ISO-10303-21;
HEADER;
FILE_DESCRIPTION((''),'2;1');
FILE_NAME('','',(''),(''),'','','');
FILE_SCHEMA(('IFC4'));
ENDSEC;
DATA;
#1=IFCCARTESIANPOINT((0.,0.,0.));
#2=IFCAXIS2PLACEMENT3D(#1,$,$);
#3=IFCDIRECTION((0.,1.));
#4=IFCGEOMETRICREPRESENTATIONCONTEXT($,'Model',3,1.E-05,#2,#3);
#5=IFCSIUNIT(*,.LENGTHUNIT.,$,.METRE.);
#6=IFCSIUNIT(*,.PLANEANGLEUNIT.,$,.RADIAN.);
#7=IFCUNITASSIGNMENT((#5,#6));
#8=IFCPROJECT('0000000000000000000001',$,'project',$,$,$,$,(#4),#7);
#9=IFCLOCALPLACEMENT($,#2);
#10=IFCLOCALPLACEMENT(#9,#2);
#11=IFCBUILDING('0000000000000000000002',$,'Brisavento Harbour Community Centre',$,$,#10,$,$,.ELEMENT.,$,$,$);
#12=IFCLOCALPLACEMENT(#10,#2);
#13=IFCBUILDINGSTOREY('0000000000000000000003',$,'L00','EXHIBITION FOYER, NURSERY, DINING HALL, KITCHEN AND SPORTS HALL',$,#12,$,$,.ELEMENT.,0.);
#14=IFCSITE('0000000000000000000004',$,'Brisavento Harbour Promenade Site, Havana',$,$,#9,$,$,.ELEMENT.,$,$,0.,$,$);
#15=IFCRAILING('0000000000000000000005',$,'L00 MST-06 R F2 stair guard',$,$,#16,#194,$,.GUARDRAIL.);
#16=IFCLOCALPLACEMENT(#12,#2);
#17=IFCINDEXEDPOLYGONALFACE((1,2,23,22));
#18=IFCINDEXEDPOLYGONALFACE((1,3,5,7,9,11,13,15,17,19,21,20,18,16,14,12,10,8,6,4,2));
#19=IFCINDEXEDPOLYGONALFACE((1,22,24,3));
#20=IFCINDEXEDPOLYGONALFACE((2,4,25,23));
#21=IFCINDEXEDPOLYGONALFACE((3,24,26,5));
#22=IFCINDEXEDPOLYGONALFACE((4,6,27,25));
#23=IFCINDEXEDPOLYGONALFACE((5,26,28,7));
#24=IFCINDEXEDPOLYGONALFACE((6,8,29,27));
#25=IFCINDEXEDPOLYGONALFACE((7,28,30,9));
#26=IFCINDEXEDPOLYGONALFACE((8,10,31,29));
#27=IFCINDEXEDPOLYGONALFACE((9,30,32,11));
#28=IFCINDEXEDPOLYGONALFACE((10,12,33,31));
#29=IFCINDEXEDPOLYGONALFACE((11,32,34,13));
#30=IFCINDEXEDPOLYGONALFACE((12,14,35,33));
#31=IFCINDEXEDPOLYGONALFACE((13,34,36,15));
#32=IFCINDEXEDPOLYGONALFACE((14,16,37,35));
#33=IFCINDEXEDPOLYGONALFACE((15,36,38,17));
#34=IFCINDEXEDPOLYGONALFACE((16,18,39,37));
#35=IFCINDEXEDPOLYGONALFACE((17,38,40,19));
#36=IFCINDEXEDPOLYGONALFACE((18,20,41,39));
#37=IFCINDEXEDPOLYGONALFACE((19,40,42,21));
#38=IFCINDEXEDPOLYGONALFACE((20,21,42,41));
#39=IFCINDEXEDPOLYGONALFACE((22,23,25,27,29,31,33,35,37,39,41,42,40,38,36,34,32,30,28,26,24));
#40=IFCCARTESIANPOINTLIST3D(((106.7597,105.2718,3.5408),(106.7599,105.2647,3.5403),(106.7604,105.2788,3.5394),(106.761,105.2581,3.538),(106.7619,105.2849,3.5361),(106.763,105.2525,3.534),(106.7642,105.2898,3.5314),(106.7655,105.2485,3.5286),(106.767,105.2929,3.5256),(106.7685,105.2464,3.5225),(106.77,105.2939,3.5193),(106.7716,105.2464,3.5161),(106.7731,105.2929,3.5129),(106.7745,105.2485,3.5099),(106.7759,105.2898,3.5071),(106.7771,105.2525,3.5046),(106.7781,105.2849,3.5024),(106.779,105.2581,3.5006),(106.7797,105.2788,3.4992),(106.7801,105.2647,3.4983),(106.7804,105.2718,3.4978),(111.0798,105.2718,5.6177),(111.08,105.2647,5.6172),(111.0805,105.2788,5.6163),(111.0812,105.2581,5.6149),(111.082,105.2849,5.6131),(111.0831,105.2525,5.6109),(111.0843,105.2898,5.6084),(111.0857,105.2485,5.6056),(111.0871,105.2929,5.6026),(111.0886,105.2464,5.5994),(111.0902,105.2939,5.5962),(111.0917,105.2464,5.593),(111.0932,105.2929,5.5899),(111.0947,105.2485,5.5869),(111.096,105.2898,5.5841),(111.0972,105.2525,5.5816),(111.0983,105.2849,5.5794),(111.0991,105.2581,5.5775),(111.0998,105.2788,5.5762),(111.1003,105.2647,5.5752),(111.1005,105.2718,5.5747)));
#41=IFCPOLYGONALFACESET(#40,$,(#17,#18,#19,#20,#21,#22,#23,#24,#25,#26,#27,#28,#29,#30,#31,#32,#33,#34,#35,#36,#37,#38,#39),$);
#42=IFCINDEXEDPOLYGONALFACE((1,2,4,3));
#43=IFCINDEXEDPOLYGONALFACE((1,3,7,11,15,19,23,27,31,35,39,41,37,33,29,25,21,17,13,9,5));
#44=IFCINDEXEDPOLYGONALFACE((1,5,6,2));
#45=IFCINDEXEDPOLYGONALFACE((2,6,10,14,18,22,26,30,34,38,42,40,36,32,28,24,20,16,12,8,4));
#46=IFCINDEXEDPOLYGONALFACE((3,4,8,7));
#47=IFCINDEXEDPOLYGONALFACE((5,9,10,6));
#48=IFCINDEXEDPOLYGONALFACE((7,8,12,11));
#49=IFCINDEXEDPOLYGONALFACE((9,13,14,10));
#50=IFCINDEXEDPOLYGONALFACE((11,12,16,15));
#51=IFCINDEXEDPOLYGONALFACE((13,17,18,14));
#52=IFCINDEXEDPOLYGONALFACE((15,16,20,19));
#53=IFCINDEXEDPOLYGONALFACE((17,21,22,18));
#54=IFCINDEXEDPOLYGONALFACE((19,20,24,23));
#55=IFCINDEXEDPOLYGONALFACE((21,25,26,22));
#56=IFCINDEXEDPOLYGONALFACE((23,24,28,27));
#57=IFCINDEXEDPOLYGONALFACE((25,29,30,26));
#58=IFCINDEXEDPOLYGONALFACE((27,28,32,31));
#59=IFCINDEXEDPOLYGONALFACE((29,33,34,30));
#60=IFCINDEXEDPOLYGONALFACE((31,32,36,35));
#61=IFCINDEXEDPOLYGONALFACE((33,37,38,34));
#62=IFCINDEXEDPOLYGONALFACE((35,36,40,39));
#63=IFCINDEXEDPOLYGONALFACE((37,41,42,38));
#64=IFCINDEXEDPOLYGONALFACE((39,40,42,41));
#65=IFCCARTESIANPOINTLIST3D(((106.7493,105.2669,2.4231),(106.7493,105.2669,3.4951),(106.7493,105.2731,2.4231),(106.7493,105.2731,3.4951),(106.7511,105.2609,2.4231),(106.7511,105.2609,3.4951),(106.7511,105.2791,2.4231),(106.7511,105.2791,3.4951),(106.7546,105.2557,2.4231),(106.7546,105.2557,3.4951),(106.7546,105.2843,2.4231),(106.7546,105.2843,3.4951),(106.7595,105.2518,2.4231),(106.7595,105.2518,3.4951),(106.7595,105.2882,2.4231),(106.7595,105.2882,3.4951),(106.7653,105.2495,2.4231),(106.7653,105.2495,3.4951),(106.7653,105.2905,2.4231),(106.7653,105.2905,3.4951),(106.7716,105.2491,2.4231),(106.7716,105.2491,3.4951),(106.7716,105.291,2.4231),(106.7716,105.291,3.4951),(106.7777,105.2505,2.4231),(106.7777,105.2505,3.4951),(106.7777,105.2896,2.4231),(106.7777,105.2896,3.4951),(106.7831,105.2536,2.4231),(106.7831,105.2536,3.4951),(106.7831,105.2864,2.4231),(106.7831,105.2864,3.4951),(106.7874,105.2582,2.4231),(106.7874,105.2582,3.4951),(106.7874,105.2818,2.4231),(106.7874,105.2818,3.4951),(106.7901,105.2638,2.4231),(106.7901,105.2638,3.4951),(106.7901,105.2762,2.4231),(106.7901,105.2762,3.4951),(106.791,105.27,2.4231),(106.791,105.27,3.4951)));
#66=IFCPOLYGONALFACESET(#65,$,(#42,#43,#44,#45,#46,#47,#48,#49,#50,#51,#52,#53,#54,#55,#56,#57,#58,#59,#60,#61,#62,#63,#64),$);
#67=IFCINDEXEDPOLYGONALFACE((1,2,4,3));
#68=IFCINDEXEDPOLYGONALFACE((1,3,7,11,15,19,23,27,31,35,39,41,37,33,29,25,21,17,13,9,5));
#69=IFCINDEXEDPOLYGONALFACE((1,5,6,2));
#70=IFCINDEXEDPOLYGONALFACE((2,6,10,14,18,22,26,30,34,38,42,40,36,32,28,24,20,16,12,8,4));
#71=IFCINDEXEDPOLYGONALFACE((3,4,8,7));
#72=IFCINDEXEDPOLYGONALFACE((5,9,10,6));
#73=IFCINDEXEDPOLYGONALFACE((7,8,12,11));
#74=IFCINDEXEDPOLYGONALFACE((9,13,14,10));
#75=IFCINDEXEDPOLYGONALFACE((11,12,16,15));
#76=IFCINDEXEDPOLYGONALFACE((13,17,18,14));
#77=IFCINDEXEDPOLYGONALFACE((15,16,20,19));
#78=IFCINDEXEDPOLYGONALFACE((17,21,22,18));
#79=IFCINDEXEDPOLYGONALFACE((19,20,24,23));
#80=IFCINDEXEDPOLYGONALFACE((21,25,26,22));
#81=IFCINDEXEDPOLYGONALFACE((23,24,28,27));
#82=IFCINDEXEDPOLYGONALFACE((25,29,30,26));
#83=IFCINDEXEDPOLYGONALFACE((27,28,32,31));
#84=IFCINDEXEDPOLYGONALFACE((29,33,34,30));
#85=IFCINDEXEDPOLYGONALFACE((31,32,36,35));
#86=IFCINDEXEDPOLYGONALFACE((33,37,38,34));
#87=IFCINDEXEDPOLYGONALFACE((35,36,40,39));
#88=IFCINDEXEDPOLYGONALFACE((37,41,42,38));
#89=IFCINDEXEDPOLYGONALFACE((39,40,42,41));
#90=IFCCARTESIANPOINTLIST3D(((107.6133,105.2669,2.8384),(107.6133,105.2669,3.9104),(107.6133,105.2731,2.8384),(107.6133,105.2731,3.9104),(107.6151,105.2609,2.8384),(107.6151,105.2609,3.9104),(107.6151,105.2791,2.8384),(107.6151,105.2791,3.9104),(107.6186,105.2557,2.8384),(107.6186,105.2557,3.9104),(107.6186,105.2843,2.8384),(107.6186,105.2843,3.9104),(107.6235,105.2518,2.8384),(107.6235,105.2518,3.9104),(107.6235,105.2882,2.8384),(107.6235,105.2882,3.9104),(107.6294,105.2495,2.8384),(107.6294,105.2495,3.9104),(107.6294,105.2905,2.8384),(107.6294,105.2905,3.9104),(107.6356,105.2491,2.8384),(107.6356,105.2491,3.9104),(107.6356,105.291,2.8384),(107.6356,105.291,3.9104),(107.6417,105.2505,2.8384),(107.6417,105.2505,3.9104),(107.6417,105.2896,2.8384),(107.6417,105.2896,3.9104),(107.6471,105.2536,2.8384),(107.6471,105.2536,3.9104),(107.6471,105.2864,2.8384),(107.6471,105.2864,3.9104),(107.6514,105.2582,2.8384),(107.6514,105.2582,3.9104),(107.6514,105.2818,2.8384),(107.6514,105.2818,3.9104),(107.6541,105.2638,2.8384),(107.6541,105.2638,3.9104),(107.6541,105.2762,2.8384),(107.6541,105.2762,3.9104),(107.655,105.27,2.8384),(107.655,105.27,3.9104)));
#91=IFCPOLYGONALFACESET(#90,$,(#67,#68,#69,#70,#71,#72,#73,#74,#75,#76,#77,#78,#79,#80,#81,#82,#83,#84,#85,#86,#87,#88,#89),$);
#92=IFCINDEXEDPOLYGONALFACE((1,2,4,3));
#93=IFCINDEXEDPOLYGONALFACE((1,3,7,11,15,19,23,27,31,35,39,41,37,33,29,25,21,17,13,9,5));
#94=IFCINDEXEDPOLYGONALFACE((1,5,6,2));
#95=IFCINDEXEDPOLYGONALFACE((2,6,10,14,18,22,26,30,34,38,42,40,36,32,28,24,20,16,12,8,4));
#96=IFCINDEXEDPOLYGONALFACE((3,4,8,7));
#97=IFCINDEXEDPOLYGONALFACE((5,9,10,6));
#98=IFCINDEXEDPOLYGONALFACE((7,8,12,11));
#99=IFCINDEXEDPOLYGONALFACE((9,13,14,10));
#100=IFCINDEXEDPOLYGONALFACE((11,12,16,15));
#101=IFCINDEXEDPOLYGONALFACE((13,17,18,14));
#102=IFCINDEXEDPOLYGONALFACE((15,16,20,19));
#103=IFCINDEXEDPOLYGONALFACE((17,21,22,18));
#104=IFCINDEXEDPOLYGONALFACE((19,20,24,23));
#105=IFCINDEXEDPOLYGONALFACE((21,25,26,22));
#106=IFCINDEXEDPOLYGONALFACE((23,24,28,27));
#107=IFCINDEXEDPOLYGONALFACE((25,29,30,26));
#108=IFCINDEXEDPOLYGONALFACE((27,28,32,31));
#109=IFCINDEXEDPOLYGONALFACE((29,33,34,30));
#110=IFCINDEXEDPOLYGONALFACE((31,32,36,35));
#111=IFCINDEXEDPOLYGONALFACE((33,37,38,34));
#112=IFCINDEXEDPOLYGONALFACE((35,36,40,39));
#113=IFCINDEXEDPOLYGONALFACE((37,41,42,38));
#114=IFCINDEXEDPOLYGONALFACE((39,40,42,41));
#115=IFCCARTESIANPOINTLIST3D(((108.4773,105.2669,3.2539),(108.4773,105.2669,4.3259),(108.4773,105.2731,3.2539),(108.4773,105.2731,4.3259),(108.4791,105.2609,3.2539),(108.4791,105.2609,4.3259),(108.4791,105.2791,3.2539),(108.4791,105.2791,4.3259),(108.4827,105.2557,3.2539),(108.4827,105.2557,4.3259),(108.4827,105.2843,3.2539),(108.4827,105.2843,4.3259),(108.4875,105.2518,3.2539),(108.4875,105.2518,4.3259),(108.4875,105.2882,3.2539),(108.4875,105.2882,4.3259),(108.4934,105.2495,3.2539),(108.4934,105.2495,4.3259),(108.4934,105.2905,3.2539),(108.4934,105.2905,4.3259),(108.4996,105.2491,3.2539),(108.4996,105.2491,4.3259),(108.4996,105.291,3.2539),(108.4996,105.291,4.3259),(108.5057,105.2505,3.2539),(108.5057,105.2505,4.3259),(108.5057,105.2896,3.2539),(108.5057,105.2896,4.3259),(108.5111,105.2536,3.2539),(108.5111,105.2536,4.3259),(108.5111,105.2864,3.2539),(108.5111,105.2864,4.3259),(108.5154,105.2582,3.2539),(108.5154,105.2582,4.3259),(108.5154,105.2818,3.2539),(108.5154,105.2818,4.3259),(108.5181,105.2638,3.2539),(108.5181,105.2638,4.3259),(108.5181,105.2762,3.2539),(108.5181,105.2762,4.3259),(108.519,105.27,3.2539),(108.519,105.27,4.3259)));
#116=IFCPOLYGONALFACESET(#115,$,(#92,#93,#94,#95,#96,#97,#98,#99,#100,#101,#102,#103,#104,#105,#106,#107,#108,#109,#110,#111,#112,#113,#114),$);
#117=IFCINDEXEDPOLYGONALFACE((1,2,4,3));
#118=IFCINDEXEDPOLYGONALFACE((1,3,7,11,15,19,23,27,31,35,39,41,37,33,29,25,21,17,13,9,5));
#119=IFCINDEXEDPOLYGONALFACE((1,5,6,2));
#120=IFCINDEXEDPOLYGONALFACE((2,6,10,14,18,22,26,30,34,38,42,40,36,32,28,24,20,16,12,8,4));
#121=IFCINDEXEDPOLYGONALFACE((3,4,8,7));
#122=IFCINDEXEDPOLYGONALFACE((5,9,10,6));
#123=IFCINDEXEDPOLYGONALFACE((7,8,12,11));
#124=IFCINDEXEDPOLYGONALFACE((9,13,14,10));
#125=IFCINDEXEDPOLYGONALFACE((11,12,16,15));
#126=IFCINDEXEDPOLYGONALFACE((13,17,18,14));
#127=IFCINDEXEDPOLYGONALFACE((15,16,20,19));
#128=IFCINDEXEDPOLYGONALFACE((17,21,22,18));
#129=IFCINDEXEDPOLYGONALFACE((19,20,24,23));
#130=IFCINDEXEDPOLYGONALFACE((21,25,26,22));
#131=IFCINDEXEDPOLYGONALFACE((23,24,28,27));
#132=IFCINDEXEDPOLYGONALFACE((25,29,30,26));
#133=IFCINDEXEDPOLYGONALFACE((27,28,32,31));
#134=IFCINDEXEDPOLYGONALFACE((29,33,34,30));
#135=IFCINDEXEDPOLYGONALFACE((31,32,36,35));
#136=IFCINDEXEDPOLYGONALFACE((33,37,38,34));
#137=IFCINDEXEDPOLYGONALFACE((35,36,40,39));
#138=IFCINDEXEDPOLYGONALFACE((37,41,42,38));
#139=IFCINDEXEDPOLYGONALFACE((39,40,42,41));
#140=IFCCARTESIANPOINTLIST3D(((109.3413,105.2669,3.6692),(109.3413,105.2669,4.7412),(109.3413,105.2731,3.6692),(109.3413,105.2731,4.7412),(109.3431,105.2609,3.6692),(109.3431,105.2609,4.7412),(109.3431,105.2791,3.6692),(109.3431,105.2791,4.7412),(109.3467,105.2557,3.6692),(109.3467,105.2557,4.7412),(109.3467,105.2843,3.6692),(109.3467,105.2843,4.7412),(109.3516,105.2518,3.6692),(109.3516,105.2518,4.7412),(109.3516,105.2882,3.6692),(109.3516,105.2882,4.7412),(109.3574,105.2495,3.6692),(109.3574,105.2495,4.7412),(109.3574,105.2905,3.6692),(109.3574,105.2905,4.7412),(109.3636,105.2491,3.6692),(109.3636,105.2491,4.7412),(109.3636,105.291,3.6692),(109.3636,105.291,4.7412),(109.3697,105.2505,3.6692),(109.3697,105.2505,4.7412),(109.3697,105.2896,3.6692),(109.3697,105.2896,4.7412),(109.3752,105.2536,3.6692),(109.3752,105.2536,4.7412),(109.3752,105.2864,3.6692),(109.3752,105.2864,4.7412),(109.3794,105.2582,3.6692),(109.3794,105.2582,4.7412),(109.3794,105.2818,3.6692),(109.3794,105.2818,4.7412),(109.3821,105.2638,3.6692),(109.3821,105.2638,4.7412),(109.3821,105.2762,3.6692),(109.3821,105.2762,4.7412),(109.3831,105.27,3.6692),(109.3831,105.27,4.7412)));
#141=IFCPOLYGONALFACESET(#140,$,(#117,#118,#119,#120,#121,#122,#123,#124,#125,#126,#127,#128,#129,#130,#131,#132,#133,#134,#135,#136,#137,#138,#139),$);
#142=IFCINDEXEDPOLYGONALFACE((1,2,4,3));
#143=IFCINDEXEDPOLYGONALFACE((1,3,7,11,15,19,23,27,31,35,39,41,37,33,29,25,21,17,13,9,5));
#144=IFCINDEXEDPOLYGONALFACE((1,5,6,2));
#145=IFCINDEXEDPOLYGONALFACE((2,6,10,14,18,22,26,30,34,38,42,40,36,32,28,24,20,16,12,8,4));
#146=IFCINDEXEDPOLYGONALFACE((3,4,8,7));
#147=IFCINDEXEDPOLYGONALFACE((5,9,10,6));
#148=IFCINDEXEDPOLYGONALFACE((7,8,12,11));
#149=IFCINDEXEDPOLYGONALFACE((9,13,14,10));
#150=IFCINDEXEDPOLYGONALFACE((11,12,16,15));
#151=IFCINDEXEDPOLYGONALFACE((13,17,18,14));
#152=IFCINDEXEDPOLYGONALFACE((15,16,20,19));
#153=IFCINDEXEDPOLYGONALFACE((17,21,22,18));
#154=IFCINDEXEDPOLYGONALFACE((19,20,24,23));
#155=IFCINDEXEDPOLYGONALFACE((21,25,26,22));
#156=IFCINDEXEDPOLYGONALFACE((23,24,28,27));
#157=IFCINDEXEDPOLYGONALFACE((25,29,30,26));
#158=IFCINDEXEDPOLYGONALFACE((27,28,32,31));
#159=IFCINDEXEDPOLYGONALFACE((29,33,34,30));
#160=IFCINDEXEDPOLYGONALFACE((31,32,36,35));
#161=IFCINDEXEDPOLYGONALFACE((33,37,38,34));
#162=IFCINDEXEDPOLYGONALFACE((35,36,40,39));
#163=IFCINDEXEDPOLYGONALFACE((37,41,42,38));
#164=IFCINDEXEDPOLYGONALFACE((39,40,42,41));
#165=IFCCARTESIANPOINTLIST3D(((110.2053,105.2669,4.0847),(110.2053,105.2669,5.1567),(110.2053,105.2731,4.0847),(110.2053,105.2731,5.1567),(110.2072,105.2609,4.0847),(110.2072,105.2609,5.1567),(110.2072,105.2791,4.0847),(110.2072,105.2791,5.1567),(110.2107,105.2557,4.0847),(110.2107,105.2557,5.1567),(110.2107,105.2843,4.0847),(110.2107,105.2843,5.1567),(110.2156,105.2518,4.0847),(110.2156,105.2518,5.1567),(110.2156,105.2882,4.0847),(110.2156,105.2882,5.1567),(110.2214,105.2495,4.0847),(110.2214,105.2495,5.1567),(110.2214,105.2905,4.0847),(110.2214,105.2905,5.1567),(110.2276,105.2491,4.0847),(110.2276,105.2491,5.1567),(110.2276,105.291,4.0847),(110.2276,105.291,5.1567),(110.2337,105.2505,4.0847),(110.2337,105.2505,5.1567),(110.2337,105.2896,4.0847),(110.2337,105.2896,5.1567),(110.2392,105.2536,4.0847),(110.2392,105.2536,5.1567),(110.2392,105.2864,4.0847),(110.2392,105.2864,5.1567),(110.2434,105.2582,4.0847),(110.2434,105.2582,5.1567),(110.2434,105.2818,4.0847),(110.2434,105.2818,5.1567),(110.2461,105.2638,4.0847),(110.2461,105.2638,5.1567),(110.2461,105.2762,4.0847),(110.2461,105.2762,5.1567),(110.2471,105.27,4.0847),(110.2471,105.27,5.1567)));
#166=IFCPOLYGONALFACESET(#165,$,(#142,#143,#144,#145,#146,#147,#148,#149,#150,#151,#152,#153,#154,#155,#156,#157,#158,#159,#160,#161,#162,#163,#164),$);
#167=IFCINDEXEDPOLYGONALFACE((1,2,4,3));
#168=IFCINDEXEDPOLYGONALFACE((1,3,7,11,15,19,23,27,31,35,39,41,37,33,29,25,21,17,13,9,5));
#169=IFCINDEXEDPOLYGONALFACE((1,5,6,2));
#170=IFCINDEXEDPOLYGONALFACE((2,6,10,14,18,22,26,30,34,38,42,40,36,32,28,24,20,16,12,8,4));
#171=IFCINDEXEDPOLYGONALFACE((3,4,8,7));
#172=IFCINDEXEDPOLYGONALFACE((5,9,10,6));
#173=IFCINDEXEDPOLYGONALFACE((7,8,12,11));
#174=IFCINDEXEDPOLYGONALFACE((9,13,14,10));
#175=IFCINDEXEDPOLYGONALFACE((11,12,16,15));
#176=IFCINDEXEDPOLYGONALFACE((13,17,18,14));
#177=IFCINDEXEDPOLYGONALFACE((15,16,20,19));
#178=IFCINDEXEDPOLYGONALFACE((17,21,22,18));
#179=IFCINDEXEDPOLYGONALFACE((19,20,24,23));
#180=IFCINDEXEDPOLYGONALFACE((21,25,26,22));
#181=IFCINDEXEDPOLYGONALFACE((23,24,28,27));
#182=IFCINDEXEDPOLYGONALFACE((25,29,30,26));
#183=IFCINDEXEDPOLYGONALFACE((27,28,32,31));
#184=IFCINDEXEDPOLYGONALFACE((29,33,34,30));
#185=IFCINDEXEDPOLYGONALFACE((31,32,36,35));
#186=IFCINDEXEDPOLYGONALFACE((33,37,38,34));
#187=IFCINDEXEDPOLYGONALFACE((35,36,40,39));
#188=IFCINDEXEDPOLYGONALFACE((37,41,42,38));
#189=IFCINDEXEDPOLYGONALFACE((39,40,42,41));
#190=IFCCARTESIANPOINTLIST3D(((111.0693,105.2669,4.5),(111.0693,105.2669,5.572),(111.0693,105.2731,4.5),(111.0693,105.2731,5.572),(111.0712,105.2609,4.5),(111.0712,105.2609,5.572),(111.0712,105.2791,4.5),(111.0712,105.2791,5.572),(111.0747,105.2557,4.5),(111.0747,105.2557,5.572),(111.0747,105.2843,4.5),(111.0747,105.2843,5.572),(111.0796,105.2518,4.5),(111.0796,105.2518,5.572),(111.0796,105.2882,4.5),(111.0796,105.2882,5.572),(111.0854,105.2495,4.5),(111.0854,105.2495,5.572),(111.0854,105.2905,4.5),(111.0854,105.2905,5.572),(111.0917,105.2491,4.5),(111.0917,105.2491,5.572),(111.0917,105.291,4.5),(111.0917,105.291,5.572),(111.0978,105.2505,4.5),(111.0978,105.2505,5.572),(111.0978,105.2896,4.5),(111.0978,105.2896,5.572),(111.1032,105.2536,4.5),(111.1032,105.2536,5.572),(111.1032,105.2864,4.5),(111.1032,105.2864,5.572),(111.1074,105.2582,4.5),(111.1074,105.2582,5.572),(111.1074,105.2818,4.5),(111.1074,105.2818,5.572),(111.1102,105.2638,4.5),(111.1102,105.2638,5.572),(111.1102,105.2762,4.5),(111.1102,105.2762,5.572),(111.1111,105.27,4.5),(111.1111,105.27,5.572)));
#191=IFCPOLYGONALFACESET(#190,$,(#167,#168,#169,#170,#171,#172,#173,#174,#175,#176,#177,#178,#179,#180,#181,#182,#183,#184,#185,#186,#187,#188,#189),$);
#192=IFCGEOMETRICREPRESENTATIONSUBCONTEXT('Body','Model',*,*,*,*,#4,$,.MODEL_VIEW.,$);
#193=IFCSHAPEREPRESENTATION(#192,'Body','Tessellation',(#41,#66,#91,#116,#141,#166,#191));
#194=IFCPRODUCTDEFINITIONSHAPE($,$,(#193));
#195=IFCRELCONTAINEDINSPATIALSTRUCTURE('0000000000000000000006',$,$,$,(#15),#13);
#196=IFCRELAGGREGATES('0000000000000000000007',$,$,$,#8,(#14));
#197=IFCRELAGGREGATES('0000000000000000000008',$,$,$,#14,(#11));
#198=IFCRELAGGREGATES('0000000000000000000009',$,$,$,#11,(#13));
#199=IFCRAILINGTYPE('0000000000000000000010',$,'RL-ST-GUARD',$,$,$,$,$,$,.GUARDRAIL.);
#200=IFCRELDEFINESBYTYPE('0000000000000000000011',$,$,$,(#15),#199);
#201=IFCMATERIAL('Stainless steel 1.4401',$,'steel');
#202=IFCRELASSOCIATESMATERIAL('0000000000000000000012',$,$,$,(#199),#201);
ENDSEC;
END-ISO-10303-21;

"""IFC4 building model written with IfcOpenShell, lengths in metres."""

from ifc_helpers import new_model, si_unit, direction, frame, origin, origin_2d, place, context, subcontext, project, spatial, circle, extrude, material, type_object, element, save


model = new_model("IFC4")

# Units and contexts
model_context = context("Model", 3, precision=1e-05, world=origin(), true_north=direction((0.0, 1.0)))
body_context = subcontext(model_context, "Body", "Model", "MODEL_VIEW")
ifc_project = project(units=[si_unit("LENGTHUNIT", "METRE"), si_unit("PLANEANGLEUNIT", "RADIAN")], contexts=[model_context])

# Site, building, storey
site_placement = place(None, origin())
site = spatial("IfcSite", under=ifc_project, at=site_placement, Name="Brisavento Harbour Promenade Site, Havana", CompositionType="ELEMENT", RefElevation=0.0)
building_placement = place(site_placement, origin())
building = spatial("IfcBuilding", under=site, at=building_placement, Name="Brisavento Harbour Community Centre", CompositionType="ELEMENT")
storey_placement = place(building_placement, origin())
storey = spatial("IfcBuildingStorey", under=building, at=storey_placement, Name="L00", Description="EXHIBITION FOYER, NURSERY, DINING HALL, KITCHEN AND SPORTS HALL", CompositionType="ELEMENT", Elevation=0.0)

# Railing
ifc_material_1 = material(Name="Stainless steel 1.4401", Category="steel")
railing_type = type_object("IfcRailingType", Name="RL-ST-GUARD", PredefinedType="GUARDRAIL", material=ifc_material_1)
railing_1_placement = place(storey_placement, frame((106.77, 105.27, 2.4231)))
element("IfcRailing", 1, at=railing_1_placement, inside=storey, type_object=railing_type, Name="L00 MST-06 R F2 stair guard", PredefinedType="GUARDRAIL", context=body_context, shape_type="SweptSolid", body=[
    extrude(circle(Radius=0.0239, at=origin_2d()), frame((0.0, 0.0, 1.0962), z_axis=(0.901257, 0.0, 0.433286), x_axis=(0.0, 1.0, 0.0)), (0.0, 0.0, 1.0), 4.7935),
    extrude(circle(Radius=0.021, at=origin_2d()), origin(), (0.0, 0.0, 1.0), 1.072),
    extrude(circle(Radius=0.021, at=origin_2d()), frame((0.864, 0.0, 0.4153)), (0.0, 0.0, 1.0), 1.072),
    extrude(circle(Radius=0.021, at=origin_2d()), frame((1.728, 0.0, 0.8308)), (0.0, 0.0, 1.0), 1.072),
    extrude(circle(Radius=0.021, at=origin_2d()), frame((2.592, 0.0, 1.2461)), (0.0, 0.0, 1.0), 1.072),
    extrude(circle(Radius=0.021, at=origin_2d()), frame((3.4561, 0.0, 1.6616)), (0.0, 0.0, 1.0), 1.072),
    extrude(circle(Radius=0.021, at=origin_2d()), frame((4.3201, 0.0, 2.0769)), (0.0, 0.0, 1.0), 1.072),
])

save(model, "model.ifc")
